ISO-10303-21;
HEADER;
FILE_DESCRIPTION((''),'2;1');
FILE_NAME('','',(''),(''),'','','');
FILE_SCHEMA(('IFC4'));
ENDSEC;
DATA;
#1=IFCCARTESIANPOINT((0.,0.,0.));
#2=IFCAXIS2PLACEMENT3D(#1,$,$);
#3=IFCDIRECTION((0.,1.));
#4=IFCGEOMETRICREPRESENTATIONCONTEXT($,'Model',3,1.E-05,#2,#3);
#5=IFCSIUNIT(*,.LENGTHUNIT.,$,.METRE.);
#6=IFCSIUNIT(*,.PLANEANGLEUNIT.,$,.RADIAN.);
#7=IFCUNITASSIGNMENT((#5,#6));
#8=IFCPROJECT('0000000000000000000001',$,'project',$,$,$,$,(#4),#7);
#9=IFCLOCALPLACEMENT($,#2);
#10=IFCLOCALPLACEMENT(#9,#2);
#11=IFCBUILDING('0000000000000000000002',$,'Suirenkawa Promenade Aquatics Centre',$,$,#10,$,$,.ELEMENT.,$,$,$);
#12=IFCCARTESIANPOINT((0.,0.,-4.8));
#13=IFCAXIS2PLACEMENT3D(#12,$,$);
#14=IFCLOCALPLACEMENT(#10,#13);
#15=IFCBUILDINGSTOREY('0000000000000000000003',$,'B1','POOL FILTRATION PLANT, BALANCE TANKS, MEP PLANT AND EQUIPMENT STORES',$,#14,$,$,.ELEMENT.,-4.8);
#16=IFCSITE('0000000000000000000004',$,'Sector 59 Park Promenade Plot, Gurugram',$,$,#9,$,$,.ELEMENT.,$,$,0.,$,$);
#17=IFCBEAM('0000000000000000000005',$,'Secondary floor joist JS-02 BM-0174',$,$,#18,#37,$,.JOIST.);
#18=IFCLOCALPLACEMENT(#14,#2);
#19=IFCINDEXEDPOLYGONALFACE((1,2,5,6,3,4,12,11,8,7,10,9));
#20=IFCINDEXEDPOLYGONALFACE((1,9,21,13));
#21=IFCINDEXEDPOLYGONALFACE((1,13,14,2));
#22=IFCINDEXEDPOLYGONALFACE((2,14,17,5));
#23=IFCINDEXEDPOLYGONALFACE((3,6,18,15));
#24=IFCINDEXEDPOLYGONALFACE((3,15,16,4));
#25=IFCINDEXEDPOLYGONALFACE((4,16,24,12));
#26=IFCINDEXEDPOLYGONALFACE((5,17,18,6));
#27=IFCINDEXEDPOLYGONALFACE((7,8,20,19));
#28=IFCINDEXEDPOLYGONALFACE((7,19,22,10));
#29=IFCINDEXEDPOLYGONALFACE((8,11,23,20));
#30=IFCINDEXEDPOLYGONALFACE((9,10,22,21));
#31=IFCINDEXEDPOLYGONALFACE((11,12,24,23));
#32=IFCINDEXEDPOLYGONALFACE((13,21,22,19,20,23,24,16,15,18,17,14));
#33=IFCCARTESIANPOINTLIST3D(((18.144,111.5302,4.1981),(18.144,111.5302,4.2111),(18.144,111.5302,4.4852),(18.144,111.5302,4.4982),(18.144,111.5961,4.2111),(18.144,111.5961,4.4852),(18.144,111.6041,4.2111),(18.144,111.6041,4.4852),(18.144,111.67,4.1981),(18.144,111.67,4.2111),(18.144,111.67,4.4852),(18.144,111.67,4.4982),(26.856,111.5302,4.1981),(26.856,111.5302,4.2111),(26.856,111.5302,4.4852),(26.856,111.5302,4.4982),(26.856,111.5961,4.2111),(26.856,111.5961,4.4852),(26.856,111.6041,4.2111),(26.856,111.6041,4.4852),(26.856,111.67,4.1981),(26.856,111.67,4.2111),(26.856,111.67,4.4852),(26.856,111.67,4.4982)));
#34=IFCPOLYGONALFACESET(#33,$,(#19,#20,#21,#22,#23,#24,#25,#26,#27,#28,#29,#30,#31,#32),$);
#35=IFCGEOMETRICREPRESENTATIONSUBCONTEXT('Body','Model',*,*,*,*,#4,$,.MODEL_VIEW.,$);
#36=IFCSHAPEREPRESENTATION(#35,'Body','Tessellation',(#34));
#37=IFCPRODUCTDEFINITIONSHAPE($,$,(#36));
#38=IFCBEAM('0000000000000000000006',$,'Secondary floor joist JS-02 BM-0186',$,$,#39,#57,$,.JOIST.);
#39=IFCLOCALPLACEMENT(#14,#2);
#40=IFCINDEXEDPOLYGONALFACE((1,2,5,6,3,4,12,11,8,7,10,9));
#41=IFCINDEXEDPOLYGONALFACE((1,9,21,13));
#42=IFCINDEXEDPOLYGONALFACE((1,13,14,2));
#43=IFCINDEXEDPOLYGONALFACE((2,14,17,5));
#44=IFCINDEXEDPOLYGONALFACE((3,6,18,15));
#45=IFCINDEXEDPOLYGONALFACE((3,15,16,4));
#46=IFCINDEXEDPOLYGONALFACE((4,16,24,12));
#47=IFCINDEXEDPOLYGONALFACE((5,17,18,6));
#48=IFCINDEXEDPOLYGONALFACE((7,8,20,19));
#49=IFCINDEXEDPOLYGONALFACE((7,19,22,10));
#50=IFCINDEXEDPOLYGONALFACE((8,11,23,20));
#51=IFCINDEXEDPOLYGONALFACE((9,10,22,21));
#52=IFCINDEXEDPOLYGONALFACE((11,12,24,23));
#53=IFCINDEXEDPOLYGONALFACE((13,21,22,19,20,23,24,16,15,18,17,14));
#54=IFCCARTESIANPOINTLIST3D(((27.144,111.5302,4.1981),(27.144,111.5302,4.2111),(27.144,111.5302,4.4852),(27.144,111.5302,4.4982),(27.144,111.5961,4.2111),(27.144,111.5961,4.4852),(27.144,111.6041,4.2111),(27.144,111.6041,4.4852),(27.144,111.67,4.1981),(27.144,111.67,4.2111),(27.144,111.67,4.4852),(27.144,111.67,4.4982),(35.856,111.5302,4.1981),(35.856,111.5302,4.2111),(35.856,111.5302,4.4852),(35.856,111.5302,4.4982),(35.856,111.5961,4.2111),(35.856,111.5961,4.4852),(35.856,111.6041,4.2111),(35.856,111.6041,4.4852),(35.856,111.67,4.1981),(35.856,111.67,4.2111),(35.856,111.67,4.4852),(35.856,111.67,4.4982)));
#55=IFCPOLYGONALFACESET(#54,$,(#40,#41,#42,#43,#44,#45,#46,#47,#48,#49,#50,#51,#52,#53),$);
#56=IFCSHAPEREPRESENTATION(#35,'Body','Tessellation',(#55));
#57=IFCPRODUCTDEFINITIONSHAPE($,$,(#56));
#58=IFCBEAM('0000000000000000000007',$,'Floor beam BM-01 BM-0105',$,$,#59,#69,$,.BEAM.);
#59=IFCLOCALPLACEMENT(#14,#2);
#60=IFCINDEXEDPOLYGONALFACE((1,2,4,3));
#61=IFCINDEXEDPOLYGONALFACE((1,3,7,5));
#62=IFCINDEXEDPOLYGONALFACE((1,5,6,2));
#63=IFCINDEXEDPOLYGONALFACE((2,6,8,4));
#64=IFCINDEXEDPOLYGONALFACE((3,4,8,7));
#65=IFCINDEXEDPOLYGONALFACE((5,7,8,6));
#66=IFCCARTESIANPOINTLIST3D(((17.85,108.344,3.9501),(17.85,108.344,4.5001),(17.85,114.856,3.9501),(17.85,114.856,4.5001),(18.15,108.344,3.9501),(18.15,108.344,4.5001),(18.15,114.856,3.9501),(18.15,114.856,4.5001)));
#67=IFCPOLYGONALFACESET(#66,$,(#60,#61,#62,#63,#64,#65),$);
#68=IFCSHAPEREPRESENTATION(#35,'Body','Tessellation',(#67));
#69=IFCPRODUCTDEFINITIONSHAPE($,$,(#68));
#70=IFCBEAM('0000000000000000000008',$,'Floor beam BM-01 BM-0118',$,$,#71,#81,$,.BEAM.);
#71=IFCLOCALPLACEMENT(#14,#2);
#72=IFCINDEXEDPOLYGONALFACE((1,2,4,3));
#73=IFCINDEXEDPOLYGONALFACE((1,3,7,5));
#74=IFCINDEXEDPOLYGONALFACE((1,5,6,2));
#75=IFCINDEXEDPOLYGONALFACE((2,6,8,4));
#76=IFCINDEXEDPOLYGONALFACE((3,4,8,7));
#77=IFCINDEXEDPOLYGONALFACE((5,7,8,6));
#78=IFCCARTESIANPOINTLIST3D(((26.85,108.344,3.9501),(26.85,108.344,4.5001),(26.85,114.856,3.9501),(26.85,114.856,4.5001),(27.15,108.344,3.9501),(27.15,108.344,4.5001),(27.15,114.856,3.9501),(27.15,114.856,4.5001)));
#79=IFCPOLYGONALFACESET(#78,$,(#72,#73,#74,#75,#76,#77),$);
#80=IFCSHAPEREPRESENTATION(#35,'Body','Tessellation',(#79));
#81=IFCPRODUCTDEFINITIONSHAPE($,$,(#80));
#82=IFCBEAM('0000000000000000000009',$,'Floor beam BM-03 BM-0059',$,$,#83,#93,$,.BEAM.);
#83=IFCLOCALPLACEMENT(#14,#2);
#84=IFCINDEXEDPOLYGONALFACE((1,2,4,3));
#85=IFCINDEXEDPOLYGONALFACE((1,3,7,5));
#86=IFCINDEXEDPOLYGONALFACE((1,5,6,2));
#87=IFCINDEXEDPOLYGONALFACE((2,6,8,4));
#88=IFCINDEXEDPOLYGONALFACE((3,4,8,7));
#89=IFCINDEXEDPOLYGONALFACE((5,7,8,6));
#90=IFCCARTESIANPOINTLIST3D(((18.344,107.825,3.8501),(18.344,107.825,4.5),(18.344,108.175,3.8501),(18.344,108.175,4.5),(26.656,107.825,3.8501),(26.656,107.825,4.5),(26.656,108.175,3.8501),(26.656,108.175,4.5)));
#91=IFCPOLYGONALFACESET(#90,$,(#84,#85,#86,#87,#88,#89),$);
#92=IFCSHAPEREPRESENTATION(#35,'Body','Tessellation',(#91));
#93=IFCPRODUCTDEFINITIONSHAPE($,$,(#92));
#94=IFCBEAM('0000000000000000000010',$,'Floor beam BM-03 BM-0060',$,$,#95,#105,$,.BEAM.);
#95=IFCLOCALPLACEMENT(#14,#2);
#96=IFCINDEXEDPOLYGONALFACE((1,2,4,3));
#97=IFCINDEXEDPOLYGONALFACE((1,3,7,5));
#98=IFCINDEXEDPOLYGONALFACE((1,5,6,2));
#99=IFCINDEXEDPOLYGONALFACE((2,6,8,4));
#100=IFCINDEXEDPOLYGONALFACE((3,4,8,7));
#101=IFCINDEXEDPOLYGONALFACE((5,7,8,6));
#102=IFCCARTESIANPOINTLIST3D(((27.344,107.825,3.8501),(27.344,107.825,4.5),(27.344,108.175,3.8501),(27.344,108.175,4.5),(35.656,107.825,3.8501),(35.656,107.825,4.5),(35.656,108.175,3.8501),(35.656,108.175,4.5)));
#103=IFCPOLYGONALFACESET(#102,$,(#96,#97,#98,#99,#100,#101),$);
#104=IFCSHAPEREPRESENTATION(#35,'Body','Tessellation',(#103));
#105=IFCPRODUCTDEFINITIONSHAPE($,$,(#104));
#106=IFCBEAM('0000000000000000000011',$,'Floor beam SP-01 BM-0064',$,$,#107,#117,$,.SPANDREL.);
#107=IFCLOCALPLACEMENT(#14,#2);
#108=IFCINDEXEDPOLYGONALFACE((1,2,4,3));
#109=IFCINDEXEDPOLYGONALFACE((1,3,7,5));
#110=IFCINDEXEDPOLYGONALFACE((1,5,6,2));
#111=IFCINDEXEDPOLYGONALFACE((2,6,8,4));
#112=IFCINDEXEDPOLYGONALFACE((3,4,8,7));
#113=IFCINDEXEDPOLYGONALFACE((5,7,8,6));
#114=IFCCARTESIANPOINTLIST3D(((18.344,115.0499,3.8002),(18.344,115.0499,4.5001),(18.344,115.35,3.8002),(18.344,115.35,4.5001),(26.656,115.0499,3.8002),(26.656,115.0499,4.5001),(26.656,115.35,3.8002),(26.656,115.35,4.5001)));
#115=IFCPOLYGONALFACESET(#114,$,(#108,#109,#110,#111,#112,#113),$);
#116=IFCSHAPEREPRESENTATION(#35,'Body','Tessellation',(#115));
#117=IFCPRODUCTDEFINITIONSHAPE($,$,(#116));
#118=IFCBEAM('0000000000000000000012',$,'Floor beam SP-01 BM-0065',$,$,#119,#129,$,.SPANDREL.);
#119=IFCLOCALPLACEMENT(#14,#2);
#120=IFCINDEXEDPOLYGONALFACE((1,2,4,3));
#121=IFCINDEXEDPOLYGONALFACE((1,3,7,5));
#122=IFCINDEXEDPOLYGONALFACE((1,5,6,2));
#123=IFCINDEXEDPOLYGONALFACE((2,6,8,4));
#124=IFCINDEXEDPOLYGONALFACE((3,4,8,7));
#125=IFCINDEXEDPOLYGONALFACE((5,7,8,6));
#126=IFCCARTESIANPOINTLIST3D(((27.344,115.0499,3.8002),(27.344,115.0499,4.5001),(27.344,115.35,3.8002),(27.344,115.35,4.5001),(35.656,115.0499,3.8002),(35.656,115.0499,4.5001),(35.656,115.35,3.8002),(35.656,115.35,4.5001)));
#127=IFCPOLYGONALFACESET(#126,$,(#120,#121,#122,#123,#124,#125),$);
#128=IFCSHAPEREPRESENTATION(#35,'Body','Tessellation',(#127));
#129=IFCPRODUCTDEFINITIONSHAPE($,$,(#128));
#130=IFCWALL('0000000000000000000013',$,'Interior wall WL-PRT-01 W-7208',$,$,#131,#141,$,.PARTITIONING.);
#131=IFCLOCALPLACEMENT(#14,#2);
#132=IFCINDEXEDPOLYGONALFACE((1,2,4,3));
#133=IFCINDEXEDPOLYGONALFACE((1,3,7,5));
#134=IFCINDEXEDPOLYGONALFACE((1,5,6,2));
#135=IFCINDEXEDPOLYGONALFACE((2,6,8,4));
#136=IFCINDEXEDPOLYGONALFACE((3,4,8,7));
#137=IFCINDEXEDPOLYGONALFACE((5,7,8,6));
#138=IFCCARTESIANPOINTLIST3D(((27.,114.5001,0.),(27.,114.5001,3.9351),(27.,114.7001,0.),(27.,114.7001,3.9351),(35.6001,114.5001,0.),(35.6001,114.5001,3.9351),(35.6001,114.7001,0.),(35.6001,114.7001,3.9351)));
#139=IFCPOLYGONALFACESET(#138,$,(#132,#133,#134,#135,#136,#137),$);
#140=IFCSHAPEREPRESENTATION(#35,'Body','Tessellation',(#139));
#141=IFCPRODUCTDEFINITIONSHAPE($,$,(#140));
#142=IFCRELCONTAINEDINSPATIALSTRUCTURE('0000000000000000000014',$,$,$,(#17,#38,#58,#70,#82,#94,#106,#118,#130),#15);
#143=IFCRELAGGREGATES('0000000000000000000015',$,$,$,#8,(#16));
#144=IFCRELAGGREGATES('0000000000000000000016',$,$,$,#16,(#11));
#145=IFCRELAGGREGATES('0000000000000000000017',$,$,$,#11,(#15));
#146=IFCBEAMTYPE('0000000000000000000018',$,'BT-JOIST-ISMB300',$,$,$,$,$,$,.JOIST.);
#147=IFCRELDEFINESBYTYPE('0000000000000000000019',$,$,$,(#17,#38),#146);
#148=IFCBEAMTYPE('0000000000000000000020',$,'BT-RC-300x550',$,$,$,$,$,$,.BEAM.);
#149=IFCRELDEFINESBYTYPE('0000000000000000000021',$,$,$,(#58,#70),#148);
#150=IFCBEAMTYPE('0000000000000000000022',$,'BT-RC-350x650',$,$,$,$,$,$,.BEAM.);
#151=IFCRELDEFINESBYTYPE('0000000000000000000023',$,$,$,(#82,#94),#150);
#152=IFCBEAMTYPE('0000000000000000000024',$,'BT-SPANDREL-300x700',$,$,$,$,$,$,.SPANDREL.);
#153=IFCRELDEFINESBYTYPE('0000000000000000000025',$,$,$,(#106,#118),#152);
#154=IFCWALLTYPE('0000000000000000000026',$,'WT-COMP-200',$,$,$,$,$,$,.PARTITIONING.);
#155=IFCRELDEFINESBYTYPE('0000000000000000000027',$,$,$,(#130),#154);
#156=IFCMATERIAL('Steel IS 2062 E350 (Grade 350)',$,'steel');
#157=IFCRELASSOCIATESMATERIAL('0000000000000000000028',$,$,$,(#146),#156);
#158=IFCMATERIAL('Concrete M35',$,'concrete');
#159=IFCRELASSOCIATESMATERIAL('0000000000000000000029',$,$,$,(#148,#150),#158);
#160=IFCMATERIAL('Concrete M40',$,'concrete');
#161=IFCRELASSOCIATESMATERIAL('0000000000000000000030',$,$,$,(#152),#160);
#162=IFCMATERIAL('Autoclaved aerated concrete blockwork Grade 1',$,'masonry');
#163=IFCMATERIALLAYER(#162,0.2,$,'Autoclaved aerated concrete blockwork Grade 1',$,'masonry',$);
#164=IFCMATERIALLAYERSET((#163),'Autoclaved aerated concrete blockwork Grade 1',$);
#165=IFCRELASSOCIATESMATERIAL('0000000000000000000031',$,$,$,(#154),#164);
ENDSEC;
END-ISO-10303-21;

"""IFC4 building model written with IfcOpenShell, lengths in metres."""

from ifc_helpers import new_model, si_unit, direction, frame, frame_2d, origin, origin_2d, place, context, subcontext, project, spatial, rectangle, i_section, extrude, material, layer, layer_set, material_profile, profile_set, type_object, element, save


model = new_model("IFC4")

# Units and contexts
model_context = context("Model", 3, precision=1e-05, world=origin(), true_north=direction((0.0, 1.0)))
body_context = subcontext(model_context, "Body", "Model", "MODEL_VIEW")
ifc_project = project(units=[si_unit("LENGTHUNIT", "METRE"), si_unit("PLANEANGLEUNIT", "RADIAN")], contexts=[model_context])

# Site, building, storey
site_placement = place(None, origin())
site = spatial("IfcSite", under=ifc_project, at=site_placement, Name="Sector 59 Park Promenade Plot, Gurugram", CompositionType="ELEMENT", RefElevation=0.0)
building_placement = place(site_placement, origin())
building = spatial("IfcBuilding", under=site, at=building_placement, Name="Suirenkawa Promenade Aquatics Centre", CompositionType="ELEMENT")
storey_placement = place(building_placement, frame((0.0, 0.0, -4.8)))
storey = spatial("IfcBuildingStorey", under=building, at=storey_placement, Name="B1", Description="POOL FILTRATION PLANT, BALANCE TANKS, MEP PLANT AND EQUIPMENT STORES", CompositionType="ELEMENT", Elevation=-4.8)

# Shared definitions
ifc_material_1 = material(Name="Concrete M35", Category="concrete")

# Shared definitions
ifc_material_2 = material(Name="Concrete M40", Category="concrete")

# Beams
ifc_material_3 = material(Name="Steel IS 2062 E350 (Grade 350)", Category="steel")
ifc_material_profile_1 = material_profile(ifc_material_3, i_section(OverallWidth=0.1399, OverallDepth=0.3, WebThickness=0.0081, FlangeThickness=0.0129, at=origin_2d()), Name="ISMB 300", Category="steel")
ifc_profile_set_1 = profile_set([ifc_material_profile_1], Name="Steel IS 2062 E350 (Grade 350)")
beam_type_1 = type_object("IfcBeamType", Name="BT-JOIST-ISMB300", PredefinedType="JOIST", material=ifc_profile_set_1)
for number, where, z_axis, x_axis, name in (
    (1, (18.144, 111.6001, 4.3481), (1.0, 0.0, 0.0), (0.0, 1.0, 0.0), "Secondary floor joist JS-02 BM-0174"),
    (2, (27.144, 111.6001, 4.3481), (1.0, 0.0, 0.0), (0.0, 1.0, 0.0), "Secondary floor joist JS-02 BM-0186"),
):
    element("IfcBeam", number, at=place(storey_placement, frame(where, z_axis=z_axis, x_axis=x_axis)), inside=storey, type_object=beam_type_1, Name=name, PredefinedType="JOIST", context=body_context, shape_type="SweptSolid", body=[
        extrude(i_section(OverallWidth=0.1399, OverallDepth=0.3, WebThickness=0.0081, FlangeThickness=0.0129, at=origin_2d()), origin(), (0.0, 0.0, 1.0), 8.7119),
    ])
ifc_material_profile_2 = material_profile(ifc_material_1, rectangle(XDim=0.3, YDim=0.55, at=origin_2d()), Name="RC BM 300x550", Category="concrete")
ifc_profile_set_2 = profile_set([ifc_material_profile_2], Name="Concrete M35")
beam_type_2 = type_object("IfcBeamType", Name="BT-RC-300x550", PredefinedType="BEAM", material=ifc_profile_set_2)
for number, where, z_axis, x_axis, name in (
    (3, (18.0, 108.344, 4.2251), (0.0, 1.0, 0.0), (-1.0, 0.0, 0.0), "Floor beam BM-01 BM-0105"),
    (4, (27.0, 108.344, 4.2251), (0.0, 1.0, 0.0), (-1.0, 0.0, 0.0), "Floor beam BM-01 BM-0118"),
):
    element("IfcBeam", number, at=place(storey_placement, frame(where, z_axis=z_axis, x_axis=x_axis)), inside=storey, type_object=beam_type_2, Name=name, PredefinedType="BEAM", context=body_context, shape_type="SweptSolid", body=[
        extrude(rectangle(XDim=0.3, YDim=0.55, at=origin_2d()), origin(), (0.0, 0.0, 1.0), 6.512),
    ])
ifc_material_profile_3 = material_profile(ifc_material_1, rectangle(XDim=0.3501, YDim=0.6499, at=origin_2d()), Name="RC BM 350x650", Category="concrete")
ifc_profile_set_3 = profile_set([ifc_material_profile_3], Name="Concrete M35")
beam_type_3 = type_object("IfcBeamType", Name="BT-RC-350x650", PredefinedType="BEAM", material=ifc_profile_set_3)
for number, where, z_axis, x_axis, name in (
    (5, (18.344, 108.0, 4.175), (1.0, 0.0, 0.0), (0.0, 1.0, 0.0), "Floor beam BM-03 BM-0059"),
    (6, (27.344, 108.0, 4.175), (1.0, 0.0, 0.0), (0.0, 1.0, 0.0), "Floor beam BM-03 BM-0060"),
):
    element("IfcBeam", number, at=place(storey_placement, frame(where, z_axis=z_axis, x_axis=x_axis)), inside=storey, type_object=beam_type_3, Name=name, PredefinedType="BEAM", context=body_context, shape_type="SweptSolid", body=[
        extrude(rectangle(XDim=0.3501, YDim=0.6499, at=origin_2d()), origin(), (0.0, 0.0, 1.0), 8.312),
    ])
ifc_material_profile_4 = material_profile(ifc_material_2, rectangle(XDim=0.3, YDim=0.7, at=origin_2d()), Name="RC SPANDREL 300x700", Category="concrete")
ifc_profile_set_4 = profile_set([ifc_material_profile_4], Name="Concrete M40")
beam_type_4 = type_object("IfcBeamType", Name="BT-SPANDREL-300x700", PredefinedType="SPANDREL", material=ifc_profile_set_4)
for number, where, z_axis, x_axis, name in (
    (7, (18.344, 115.2, 4.1501), (1.0, 0.0, 0.0), (0.0, 1.0, 0.0), "Floor beam SP-01 BM-0064"),
    (8, (27.344, 115.2, 4.1501), (1.0, 0.0, 0.0), (0.0, 1.0, 0.0), "Floor beam SP-01 BM-0065"),
):
    element("IfcBeam", number, at=place(storey_placement, frame(where, z_axis=z_axis, x_axis=x_axis)), inside=storey, type_object=beam_type_4, Name=name, PredefinedType="SPANDREL", context=body_context, shape_type="SweptSolid", body=[
        extrude(rectangle(XDim=0.3, YDim=0.7, at=origin_2d()), origin(), (0.0, 0.0, 1.0), 8.312),
    ])

# Wall
ifc_material_4 = material(Name="Autoclaved aerated concrete blockwork Grade 1", Category="masonry")
ifc_layer = layer(ifc_material_4, 0.2, Name="Autoclaved aerated concrete blockwork Grade 1", Category="masonry")
ifc_layer_set = layer_set([ifc_layer], Name="Autoclaved aerated concrete blockwork Grade 1")
wall_type = type_object("IfcWallType", Name="WT-COMP-200", PredefinedType="PARTITIONING", material=ifc_layer_set)
wall_placement = place(storey_placement, frame((27.0, 114.6001, 0.0), z_axis=(0.0, 0.0, 1.0), x_axis=(1.0, 0.0, 0.0)))
element("IfcWall", 9, at=wall_placement, inside=storey, type_object=wall_type, Name="Interior wall WL-PRT-01 W-7208", PredefinedType="PARTITIONING", context=body_context, shape_type="SweptSolid", body=[
    extrude(rectangle(XDim=8.6001, YDim=0.2, at=frame_2d((4.3, 0.0))), origin(), (0.0, 0.0, 1.0), 3.9351),
])

save(model, "model.ifc")
